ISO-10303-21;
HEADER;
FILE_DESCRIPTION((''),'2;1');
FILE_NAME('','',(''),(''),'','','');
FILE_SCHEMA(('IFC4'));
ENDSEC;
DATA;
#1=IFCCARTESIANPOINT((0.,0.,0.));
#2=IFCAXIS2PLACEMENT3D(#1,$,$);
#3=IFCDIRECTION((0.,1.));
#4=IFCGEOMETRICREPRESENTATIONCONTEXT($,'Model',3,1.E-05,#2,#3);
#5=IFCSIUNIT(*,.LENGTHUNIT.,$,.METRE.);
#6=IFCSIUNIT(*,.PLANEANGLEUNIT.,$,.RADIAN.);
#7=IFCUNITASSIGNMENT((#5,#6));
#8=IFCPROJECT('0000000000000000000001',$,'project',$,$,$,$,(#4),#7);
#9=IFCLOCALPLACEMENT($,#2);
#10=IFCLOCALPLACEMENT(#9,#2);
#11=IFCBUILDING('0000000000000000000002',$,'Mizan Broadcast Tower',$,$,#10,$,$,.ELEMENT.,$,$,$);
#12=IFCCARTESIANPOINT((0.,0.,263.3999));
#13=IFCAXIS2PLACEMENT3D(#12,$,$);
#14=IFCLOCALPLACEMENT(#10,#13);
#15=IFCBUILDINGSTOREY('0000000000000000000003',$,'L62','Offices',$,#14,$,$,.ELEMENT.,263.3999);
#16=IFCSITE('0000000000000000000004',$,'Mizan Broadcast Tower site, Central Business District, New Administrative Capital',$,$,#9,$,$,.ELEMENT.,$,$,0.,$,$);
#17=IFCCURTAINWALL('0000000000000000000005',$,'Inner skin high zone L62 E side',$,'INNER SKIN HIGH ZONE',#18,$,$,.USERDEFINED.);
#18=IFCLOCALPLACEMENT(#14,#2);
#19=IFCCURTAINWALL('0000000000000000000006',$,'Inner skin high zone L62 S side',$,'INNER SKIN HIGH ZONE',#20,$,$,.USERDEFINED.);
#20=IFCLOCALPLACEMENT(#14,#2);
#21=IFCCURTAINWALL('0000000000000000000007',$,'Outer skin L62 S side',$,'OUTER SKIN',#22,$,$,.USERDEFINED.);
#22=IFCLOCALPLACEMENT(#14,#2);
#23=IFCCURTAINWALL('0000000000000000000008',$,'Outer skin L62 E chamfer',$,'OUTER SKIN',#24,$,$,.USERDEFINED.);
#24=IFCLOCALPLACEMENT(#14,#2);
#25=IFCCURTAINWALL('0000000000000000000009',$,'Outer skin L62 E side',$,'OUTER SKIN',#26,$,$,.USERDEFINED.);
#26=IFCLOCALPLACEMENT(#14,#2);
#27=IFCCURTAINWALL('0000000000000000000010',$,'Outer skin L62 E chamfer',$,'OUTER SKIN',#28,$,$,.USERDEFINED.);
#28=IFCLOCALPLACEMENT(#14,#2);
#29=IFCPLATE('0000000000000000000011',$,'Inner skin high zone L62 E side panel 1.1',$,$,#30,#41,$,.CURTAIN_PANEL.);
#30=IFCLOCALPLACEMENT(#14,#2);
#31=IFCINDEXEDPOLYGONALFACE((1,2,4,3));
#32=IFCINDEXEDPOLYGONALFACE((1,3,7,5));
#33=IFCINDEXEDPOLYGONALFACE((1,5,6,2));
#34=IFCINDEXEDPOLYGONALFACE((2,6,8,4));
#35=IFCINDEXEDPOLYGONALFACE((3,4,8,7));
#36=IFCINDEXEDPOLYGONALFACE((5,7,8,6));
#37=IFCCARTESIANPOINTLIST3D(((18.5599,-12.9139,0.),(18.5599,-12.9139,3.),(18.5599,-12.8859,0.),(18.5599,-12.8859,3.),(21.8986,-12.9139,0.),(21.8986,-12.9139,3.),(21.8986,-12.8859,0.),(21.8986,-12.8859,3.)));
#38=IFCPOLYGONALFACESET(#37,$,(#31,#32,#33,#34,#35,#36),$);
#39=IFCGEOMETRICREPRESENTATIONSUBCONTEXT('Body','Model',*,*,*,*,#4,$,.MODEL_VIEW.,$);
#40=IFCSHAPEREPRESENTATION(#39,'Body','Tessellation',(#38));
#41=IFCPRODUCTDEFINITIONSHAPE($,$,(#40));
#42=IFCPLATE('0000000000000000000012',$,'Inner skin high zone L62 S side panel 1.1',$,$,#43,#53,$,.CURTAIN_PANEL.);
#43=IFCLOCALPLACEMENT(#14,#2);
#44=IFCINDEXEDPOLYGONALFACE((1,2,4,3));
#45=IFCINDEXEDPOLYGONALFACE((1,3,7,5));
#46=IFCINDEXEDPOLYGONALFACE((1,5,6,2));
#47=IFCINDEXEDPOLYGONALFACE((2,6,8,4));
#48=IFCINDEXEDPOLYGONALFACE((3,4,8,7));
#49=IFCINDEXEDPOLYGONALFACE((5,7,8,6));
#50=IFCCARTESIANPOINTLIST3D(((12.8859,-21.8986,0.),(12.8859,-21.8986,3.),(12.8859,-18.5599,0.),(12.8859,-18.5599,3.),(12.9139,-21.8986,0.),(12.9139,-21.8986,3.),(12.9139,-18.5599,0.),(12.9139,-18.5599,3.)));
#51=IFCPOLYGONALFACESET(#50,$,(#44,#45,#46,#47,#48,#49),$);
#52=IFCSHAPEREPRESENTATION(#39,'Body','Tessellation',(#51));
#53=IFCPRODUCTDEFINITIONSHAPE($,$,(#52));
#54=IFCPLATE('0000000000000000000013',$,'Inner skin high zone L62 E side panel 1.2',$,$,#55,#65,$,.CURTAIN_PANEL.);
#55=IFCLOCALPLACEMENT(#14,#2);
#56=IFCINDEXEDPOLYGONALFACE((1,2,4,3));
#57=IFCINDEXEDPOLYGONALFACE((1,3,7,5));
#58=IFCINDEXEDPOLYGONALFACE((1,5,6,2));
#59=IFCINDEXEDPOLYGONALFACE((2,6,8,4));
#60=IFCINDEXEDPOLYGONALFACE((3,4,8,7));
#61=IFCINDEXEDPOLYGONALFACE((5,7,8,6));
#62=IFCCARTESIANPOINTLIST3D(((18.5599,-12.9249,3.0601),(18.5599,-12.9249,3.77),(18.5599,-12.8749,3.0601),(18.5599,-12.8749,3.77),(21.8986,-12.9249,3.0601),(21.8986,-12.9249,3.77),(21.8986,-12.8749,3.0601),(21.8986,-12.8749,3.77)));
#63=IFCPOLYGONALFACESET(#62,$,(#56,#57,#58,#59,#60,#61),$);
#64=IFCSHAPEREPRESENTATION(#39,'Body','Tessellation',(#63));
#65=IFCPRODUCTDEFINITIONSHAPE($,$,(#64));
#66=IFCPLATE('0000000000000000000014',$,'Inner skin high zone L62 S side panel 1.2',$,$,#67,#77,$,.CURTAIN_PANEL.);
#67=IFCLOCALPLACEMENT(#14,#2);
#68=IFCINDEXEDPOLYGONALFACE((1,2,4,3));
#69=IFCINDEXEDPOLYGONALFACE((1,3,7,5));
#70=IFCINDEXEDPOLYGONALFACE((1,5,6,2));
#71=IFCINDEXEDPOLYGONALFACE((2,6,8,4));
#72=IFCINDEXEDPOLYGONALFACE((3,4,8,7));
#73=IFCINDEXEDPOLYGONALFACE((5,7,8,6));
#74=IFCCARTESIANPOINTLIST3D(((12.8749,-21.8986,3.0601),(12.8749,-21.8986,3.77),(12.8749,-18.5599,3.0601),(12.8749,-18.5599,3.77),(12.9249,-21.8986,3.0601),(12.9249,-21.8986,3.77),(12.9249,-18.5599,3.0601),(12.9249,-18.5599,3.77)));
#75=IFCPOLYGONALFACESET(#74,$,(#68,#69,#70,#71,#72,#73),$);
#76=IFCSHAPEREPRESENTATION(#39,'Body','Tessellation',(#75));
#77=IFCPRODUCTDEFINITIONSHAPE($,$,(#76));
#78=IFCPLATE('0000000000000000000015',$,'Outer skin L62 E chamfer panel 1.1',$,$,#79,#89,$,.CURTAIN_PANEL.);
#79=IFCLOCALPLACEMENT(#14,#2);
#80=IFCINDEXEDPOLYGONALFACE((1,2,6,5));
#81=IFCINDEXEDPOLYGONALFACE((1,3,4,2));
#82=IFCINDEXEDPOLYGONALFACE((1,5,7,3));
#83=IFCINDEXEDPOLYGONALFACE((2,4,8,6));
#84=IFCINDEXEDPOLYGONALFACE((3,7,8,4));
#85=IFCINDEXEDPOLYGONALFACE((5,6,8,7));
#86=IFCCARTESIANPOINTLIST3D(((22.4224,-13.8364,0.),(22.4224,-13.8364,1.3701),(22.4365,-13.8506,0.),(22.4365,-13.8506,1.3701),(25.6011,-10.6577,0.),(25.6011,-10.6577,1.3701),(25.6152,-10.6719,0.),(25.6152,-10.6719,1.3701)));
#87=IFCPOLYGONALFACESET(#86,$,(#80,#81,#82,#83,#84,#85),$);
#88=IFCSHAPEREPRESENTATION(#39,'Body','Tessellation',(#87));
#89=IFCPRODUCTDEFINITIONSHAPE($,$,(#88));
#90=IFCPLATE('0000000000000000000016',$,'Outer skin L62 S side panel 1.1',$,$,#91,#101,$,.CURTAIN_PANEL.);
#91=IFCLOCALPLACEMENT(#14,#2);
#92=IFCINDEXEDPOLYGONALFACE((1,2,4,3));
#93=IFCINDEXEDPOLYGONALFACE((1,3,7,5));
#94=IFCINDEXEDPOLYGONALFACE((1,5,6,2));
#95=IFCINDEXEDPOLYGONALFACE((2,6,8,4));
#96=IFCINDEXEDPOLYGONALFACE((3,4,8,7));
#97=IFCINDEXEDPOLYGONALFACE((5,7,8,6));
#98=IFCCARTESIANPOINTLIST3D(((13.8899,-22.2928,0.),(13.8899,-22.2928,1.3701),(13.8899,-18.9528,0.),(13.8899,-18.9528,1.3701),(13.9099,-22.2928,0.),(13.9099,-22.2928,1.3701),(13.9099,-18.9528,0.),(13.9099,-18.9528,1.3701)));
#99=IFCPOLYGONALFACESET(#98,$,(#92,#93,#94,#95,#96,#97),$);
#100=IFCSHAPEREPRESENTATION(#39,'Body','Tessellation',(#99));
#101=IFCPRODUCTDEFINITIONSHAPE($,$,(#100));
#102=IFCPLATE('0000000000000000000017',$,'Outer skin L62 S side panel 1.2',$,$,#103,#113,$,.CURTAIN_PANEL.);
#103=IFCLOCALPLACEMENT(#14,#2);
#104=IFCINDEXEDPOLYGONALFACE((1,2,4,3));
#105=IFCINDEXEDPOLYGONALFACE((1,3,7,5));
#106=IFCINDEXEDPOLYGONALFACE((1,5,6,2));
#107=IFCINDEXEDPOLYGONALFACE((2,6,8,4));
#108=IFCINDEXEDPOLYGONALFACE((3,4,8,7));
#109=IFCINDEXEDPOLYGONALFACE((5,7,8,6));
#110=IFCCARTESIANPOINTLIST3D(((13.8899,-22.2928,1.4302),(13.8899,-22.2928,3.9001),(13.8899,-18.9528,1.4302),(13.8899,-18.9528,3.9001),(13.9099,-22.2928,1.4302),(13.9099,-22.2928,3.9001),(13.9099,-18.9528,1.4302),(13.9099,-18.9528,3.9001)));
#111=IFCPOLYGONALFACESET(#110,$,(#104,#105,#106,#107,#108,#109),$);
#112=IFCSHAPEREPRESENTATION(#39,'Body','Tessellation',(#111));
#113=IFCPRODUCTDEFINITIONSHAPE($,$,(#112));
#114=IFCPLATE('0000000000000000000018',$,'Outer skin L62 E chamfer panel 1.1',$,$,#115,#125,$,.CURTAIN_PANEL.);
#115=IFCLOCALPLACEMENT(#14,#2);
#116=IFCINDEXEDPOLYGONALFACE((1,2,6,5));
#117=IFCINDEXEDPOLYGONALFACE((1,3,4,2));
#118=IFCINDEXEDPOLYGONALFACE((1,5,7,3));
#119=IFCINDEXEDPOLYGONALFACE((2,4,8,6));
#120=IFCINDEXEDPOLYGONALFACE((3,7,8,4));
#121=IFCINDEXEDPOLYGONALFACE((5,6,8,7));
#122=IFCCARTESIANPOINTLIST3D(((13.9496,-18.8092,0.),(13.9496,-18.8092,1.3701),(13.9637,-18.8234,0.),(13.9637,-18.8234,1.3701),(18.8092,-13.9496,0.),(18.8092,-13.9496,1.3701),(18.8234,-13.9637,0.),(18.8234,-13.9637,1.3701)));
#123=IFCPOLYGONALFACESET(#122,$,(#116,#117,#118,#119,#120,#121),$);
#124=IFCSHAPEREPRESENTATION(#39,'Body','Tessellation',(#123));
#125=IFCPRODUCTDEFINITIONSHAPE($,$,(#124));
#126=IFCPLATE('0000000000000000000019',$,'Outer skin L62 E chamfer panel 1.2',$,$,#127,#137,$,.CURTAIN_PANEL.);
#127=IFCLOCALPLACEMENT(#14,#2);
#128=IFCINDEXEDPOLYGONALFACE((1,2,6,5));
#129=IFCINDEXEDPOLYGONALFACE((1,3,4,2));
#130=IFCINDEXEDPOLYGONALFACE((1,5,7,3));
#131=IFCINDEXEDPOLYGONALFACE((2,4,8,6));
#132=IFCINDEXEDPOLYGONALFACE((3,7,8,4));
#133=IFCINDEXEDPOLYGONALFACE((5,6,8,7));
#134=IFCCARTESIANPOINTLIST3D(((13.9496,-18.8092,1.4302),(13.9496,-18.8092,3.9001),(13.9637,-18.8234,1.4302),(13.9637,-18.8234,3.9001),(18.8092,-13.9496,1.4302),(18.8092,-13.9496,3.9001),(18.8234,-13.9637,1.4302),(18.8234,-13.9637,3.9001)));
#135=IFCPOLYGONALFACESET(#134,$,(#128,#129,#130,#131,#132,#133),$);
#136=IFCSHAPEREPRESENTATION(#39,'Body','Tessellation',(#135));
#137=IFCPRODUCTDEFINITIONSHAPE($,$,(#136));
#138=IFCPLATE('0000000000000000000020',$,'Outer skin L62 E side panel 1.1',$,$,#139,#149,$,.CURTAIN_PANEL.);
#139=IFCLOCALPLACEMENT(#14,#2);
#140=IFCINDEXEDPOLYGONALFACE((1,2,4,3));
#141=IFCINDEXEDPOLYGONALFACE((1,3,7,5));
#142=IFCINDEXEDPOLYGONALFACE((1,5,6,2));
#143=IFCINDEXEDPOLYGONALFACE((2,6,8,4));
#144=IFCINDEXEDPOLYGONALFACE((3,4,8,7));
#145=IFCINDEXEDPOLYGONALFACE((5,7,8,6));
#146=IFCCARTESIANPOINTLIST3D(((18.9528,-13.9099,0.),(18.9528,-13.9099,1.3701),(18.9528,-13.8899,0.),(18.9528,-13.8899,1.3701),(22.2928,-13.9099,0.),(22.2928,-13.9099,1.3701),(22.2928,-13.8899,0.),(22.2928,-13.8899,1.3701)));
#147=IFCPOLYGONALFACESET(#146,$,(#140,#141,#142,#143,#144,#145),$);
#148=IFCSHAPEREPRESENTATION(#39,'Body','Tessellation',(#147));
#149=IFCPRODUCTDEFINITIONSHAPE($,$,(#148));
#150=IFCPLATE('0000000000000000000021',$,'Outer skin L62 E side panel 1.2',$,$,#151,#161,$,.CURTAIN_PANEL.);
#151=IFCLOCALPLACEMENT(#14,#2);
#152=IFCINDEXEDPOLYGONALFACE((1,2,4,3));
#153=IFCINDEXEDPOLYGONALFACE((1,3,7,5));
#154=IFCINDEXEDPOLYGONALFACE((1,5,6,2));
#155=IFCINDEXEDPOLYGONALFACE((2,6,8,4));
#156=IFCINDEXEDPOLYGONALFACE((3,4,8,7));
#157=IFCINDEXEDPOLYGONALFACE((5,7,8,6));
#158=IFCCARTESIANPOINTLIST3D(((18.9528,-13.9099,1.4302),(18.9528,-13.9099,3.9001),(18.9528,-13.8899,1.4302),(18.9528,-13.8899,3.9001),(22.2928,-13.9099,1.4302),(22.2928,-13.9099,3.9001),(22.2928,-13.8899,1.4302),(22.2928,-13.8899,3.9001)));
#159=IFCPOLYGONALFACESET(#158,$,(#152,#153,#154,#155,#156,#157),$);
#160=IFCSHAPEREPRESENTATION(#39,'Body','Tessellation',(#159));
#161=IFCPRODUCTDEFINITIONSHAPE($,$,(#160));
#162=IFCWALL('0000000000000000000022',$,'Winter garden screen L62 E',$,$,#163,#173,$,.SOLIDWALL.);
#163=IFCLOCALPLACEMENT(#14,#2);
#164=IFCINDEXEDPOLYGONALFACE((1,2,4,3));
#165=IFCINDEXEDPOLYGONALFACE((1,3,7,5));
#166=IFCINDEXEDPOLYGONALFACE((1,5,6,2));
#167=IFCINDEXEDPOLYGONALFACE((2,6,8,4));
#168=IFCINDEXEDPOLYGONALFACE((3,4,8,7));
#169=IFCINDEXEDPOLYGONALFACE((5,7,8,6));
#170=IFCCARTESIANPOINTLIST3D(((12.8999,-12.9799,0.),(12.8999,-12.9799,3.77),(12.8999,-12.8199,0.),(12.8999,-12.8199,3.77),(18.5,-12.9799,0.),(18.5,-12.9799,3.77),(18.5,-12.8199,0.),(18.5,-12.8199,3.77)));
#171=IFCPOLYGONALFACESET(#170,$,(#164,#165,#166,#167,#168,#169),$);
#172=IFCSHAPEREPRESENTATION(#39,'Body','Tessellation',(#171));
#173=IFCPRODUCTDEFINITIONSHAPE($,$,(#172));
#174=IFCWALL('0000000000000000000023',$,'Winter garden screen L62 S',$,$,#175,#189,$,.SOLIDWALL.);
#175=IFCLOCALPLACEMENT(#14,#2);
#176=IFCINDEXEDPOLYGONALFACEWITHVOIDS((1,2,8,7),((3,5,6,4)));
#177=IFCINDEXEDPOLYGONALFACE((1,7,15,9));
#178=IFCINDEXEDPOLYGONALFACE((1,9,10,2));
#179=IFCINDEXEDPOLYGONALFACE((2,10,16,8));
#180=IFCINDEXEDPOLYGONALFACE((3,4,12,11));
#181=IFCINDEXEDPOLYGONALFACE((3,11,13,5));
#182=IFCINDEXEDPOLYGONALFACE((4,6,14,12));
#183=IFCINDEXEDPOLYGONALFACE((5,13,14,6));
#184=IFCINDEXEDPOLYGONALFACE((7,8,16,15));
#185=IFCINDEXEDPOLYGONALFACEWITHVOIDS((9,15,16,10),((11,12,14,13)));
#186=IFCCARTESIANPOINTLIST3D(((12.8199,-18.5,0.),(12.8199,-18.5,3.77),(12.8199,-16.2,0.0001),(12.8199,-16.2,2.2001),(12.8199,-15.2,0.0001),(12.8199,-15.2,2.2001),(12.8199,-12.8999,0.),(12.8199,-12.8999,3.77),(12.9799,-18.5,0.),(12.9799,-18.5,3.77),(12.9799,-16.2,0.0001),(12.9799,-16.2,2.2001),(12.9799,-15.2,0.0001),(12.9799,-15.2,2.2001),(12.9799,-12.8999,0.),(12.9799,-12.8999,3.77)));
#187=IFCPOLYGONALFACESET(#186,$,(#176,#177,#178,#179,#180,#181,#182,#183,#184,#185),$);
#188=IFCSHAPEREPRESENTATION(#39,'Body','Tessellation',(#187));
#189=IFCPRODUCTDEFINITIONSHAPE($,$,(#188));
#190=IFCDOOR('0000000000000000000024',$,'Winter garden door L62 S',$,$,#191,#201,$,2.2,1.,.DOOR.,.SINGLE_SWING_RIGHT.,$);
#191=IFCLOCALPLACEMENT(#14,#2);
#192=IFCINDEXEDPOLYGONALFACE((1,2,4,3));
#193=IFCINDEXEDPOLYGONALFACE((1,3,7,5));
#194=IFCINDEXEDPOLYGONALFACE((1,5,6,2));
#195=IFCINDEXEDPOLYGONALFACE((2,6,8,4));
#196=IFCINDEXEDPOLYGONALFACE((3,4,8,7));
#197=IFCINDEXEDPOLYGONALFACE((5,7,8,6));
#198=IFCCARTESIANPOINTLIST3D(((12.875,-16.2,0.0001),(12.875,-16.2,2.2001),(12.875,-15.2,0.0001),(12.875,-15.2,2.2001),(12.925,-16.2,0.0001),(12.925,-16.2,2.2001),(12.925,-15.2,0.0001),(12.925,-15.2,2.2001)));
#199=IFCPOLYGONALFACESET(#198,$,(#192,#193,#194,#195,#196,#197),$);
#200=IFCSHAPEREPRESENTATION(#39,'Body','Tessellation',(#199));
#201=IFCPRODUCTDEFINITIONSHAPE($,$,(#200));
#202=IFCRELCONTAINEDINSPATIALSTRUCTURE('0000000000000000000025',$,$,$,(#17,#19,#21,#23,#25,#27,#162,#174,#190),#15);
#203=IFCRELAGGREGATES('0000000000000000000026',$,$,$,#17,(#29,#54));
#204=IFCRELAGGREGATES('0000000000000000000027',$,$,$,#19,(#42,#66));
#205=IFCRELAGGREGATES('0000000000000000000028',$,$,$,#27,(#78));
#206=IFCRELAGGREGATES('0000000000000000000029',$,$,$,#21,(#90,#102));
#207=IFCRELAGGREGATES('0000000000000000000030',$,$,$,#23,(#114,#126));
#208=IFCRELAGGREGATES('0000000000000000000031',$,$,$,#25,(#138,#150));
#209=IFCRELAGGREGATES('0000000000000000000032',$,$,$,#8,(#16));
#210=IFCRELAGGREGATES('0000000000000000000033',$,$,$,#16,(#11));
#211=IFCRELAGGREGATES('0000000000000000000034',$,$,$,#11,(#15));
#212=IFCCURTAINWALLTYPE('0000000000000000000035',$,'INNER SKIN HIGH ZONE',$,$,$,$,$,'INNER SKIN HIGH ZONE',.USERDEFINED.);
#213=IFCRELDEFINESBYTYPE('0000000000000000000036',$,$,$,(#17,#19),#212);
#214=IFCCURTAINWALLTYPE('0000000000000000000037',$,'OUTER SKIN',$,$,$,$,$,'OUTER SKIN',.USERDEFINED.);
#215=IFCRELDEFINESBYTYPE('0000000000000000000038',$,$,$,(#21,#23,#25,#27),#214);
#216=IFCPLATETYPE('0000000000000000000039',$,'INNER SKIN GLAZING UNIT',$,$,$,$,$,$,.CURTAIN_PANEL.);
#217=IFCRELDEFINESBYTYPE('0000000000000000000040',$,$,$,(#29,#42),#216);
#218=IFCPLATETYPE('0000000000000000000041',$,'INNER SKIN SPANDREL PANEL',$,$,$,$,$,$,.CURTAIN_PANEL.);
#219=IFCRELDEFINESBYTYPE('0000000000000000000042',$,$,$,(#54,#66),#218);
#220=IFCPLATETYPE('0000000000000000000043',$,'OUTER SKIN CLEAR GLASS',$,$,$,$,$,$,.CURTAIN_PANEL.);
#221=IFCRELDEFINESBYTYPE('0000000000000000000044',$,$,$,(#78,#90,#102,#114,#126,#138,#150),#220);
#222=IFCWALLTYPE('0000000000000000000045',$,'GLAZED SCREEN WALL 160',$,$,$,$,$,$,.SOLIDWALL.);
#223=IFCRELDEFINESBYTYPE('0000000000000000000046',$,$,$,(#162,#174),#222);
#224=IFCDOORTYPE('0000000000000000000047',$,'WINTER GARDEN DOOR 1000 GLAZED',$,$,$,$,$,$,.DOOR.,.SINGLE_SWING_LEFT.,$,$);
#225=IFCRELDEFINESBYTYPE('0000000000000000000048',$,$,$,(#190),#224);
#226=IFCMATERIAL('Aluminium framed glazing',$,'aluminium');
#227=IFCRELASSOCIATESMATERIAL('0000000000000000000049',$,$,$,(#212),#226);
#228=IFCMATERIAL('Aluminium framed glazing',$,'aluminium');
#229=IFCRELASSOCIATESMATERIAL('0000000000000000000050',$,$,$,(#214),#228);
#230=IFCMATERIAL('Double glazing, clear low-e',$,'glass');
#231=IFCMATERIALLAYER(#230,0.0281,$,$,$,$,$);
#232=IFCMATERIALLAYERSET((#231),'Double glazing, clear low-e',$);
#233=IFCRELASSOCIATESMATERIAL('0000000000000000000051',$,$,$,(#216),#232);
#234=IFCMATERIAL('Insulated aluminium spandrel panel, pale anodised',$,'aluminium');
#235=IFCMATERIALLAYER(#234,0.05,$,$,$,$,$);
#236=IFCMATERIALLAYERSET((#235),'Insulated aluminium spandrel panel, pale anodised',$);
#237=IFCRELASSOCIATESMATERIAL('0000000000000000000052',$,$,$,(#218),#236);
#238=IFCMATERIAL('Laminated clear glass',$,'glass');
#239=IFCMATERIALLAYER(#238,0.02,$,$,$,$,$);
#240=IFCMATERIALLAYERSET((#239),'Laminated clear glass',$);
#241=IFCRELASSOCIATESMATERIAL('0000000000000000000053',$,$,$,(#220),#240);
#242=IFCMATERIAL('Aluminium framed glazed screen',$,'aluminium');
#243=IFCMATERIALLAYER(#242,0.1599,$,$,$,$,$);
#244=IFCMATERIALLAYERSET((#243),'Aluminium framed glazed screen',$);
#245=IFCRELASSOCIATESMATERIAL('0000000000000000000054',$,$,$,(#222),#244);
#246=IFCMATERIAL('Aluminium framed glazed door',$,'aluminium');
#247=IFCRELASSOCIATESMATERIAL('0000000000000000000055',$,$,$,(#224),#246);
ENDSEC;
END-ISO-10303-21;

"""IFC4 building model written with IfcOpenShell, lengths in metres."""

from ifc_helpers import new_model, si_unit, direction, frame, frame_2d, origin, origin_2d, place, context, subcontext, project, spatial, rectangle, extrude, material, layer, layer_set, type_object, element, fill, aggregate, save


model = new_model("IFC4")

# Units and contexts
model_context = context("Model", 3, precision=1e-05, world=origin(), true_north=direction((0.0, 1.0)))
body_context = subcontext(model_context, "Body", "Model", "MODEL_VIEW")
ifc_project = project(units=[si_unit("LENGTHUNIT", "METRE"), si_unit("PLANEANGLEUNIT", "RADIAN")], contexts=[model_context])

# Site, building, storey
site_placement = place(None, origin())
site = spatial("IfcSite", under=ifc_project, at=site_placement, Name="Mizan Broadcast Tower site, Central Business District, New Administrative Capital", CompositionType="ELEMENT", RefElevation=0.0)
building_placement = place(site_placement, origin())
building = spatial("IfcBuilding", under=site, at=building_placement, Name="Mizan Broadcast Tower", CompositionType="ELEMENT")
storey_placement = place(building_placement, frame((0.0, 0.0, 263.3999)))
storey = spatial("IfcBuildingStorey", under=building, at=storey_placement, Name="L62", Description="Offices", CompositionType="ELEMENT", Elevation=263.3999)

# Curtain walls
ifc_material_1 = material(Name="Aluminium framed glazing", Category="aluminium")
curtain_wall_type_1 = type_object("IfcCurtainWallType", Name="INNER SKIN HIGH ZONE", ElementType="INNER SKIN HIGH ZONE", PredefinedType="USERDEFINED", material=ifc_material_1)
curtain_wall_1_placement = place(storey_placement, origin())
curtain_wall_1 = element("IfcCurtainWall", 1, at=curtain_wall_1_placement, inside=storey, type_object=curtain_wall_type_1, Name="Inner skin high zone L62 E side", ObjectType="INNER SKIN HIGH ZONE", PredefinedType="USERDEFINED")
curtain_wall_2_placement = place(storey_placement, origin())
curtain_wall_2 = element("IfcCurtainWall", 2, at=curtain_wall_2_placement, inside=storey, type_object=curtain_wall_type_1, Name="Inner skin high zone L62 S side", ObjectType="INNER SKIN HIGH ZONE", PredefinedType="USERDEFINED")

# Curtain walls
ifc_material_2 = material(Name="Aluminium framed glazing", Category="aluminium")
curtain_wall_type_2 = type_object("IfcCurtainWallType", Name="OUTER SKIN", ElementType="OUTER SKIN", PredefinedType="USERDEFINED", material=ifc_material_2)
curtain_wall_3_placement = place(storey_placement, origin())
curtain_wall_3 = element("IfcCurtainWall", 3, at=curtain_wall_3_placement, inside=storey, type_object=curtain_wall_type_2, Name="Outer skin L62 S side", ObjectType="OUTER SKIN", PredefinedType="USERDEFINED")
curtain_wall_4_placement = place(storey_placement, origin())
curtain_wall_4 = element("IfcCurtainWall", 4, at=curtain_wall_4_placement, inside=storey, type_object=curtain_wall_type_2, Name="Outer skin L62 E chamfer", ObjectType="OUTER SKIN", PredefinedType="USERDEFINED")
curtain_wall_5_placement = place(storey_placement, origin())
curtain_wall_5 = element("IfcCurtainWall", 5, at=curtain_wall_5_placement, inside=storey, type_object=curtain_wall_type_2, Name="Outer skin L62 E side", ObjectType="OUTER SKIN", PredefinedType="USERDEFINED")
curtain_wall_6_placement = place(storey_placement, origin())
curtain_wall_6 = element("IfcCurtainWall", 6, at=curtain_wall_6_placement, inside=storey, type_object=curtain_wall_type_2, Name="Outer skin L62 E chamfer", ObjectType="OUTER SKIN", PredefinedType="USERDEFINED")

# Plates
ifc_material_3 = material(Name="Double glazing, clear low-e", Category="glass")
ifc_layer_1 = layer(ifc_material_3, 0.0281)
ifc_layer_set_1 = layer_set([ifc_layer_1], Name="Double glazing, clear low-e")
plate_type_1 = type_object("IfcPlateType", Name="INNER SKIN GLAZING UNIT", PredefinedType="CURTAIN_PANEL", material=ifc_layer_set_1)
plate_1_placement = place(storey_placement, frame((20.2292, -12.8999, 0.0), z_axis=(0.0, 0.0, 1.0), x_axis=(1.0, 0.0, 0.0)))
plate_1 = element("IfcPlate", 7, at=plate_1_placement, type_object=plate_type_1, Name="Inner skin high zone L62 E side panel 1.1", PredefinedType="CURTAIN_PANEL", context=body_context, shape_type="SweptSolid", body=[
    extrude(rectangle(XDim=3.3386, YDim=0.0281, at=origin_2d()), origin(), (0.0, 0.0, 1.0), 3.0),
])
plate_2_placement = place(storey_placement, frame((12.8999, -20.2292, 0.0), z_axis=(0.0, 0.0, 1.0), x_axis=(0.0, 1.0, 0.0)))
plate_2 = element("IfcPlate", 8, at=plate_2_placement, type_object=plate_type_1, Name="Inner skin high zone L62 S side panel 1.1", PredefinedType="CURTAIN_PANEL", context=body_context, shape_type="SweptSolid", body=[
    extrude(rectangle(XDim=3.3386, YDim=0.0281, at=origin_2d()), origin(), (0.0, 0.0, 1.0), 3.0),
])
ifc_material_4 = material(Name="Insulated aluminium spandrel panel, pale anodised", Category="aluminium")
ifc_layer_2 = layer(ifc_material_4, 0.05)
ifc_layer_set_2 = layer_set([ifc_layer_2], Name="Insulated aluminium spandrel panel, pale anodised")
plate_type_2 = type_object("IfcPlateType", Name="INNER SKIN SPANDREL PANEL", PredefinedType="CURTAIN_PANEL", material=ifc_layer_set_2)
plate_3_placement = place(storey_placement, frame((20.2292, -12.8999, 3.0601), z_axis=(0.0, 0.0, 1.0), x_axis=(1.0, 0.0, 0.0)))
plate_3 = element("IfcPlate", 9, at=plate_3_placement, type_object=plate_type_2, Name="Inner skin high zone L62 E side panel 1.2", PredefinedType="CURTAIN_PANEL", context=body_context, shape_type="SweptSolid", body=[
    extrude(rectangle(XDim=3.3386, YDim=0.05, at=origin_2d()), origin(), (0.0, 0.0, 1.0), 0.71),
])
aggregate(curtain_wall_1, [plate_1, plate_3])
plate_4_placement = place(storey_placement, frame((12.8999, -20.2292, 3.0601), z_axis=(0.0, 0.0, 1.0), x_axis=(0.0, 1.0, 0.0)))
plate_4 = element("IfcPlate", 10, at=plate_4_placement, type_object=plate_type_2, Name="Inner skin high zone L62 S side panel 1.2", PredefinedType="CURTAIN_PANEL", context=body_context, shape_type="SweptSolid", body=[
    extrude(rectangle(XDim=3.3386, YDim=0.05, at=origin_2d()), origin(), (0.0, 0.0, 1.0), 0.71),
])
aggregate(curtain_wall_2, [plate_2, plate_4])
ifc_material_5 = material(Name="Laminated clear glass", Category="glass")
ifc_layer_3 = layer(ifc_material_5, 0.02)
ifc_layer_set_3 = layer_set([ifc_layer_3], Name="Laminated clear glass")
plate_type_3 = type_object("IfcPlateType", Name="OUTER SKIN CLEAR GLASS", PredefinedType="CURTAIN_PANEL", material=ifc_layer_set_3)
plate_5_placement = place(storey_placement, frame((24.0188, -12.2542, 0.0), z_axis=(0.0, 0.0, 1.0), x_axis=(0.707107, 0.707107, 0.0)))
plate_5 = element("IfcPlate", 11, at=plate_5_placement, type_object=plate_type_3, Name="Outer skin L62 E chamfer panel 1.1", PredefinedType="CURTAIN_PANEL", context=body_context, shape_type="SweptSolid", body=[
    extrude(rectangle(XDim=4.4954, YDim=0.02, at=origin_2d()), origin(), (0.0, 0.0, 1.0), 1.3701),
])
aggregate(curtain_wall_6, [plate_5])
plate_6_placement = place(storey_placement, frame((13.8999, -20.6228, 0.0), z_axis=(0.0, 0.0, 1.0), x_axis=(0.0, 1.0, 0.0)))
plate_6 = element("IfcPlate", 12, at=plate_6_placement, type_object=plate_type_3, Name="Outer skin L62 S side panel 1.1", PredefinedType="CURTAIN_PANEL", context=body_context, shape_type="SweptSolid", body=[
    extrude(rectangle(XDim=3.3401, YDim=0.02, at=origin_2d()), origin(), (0.0, 0.0, 1.0), 1.3701),
])
plate_7_placement = place(storey_placement, frame((13.8999, -20.6228, 1.4302), z_axis=(0.0, 0.0, 1.0), x_axis=(0.0, 1.0, 0.0)))
plate_7 = element("IfcPlate", 13, at=plate_7_placement, type_object=plate_type_3, Name="Outer skin L62 S side panel 1.2", PredefinedType="CURTAIN_PANEL", context=body_context, shape_type="SweptSolid", body=[
    extrude(rectangle(XDim=3.3401, YDim=0.02, at=origin_2d()), origin(), (0.0, 0.0, 1.0), 2.47),
])
aggregate(curtain_wall_3, [plate_6, plate_7])
plate_8_placement = place(storey_placement, frame((16.3865, -16.3865, 0.0), z_axis=(0.0, 0.0, 1.0), x_axis=(0.707107, 0.707107, 0.0)))
plate_8 = element("IfcPlate", 14, at=plate_8_placement, type_object=plate_type_3, Name="Outer skin L62 E chamfer panel 1.1", PredefinedType="CURTAIN_PANEL", context=body_context, shape_type="SweptSolid", body=[
    extrude(rectangle(XDim=6.8726, YDim=0.02, at=origin_2d()), origin(), (0.0, 0.0, 1.0), 1.3701),
])
plate_9_placement = place(storey_placement, frame((16.3865, -16.3865, 1.4302), z_axis=(0.0, 0.0, 1.0), x_axis=(0.707107, 0.707107, 0.0)))
plate_9 = element("IfcPlate", 15, at=plate_9_placement, type_object=plate_type_3, Name="Outer skin L62 E chamfer panel 1.2", PredefinedType="CURTAIN_PANEL", context=body_context, shape_type="SweptSolid", body=[
    extrude(rectangle(XDim=6.8726, YDim=0.02, at=origin_2d()), origin(), (0.0, 0.0, 1.0), 2.47),
])
aggregate(curtain_wall_4, [plate_8, plate_9])
plate_10_placement = place(storey_placement, frame((20.6228, -13.8999, 0.0), z_axis=(0.0, 0.0, 1.0), x_axis=(1.0, 0.0, 0.0)))
plate_10 = element("IfcPlate", 16, at=plate_10_placement, type_object=plate_type_3, Name="Outer skin L62 E side panel 1.1", PredefinedType="CURTAIN_PANEL", context=body_context, shape_type="SweptSolid", body=[
    extrude(rectangle(XDim=3.3401, YDim=0.02, at=origin_2d()), origin(), (0.0, 0.0, 1.0), 1.3701),
])
plate_11_placement = place(storey_placement, frame((20.6228, -13.8999, 1.4302), z_axis=(0.0, 0.0, 1.0), x_axis=(1.0, 0.0, 0.0)))
plate_11 = element("IfcPlate", 17, at=plate_11_placement, type_object=plate_type_3, Name="Outer skin L62 E side panel 1.2", PredefinedType="CURTAIN_PANEL", context=body_context, shape_type="SweptSolid", body=[
    extrude(rectangle(XDim=3.3401, YDim=0.02, at=origin_2d()), origin(), (0.0, 0.0, 1.0), 2.47),
])
aggregate(curtain_wall_5, [plate_10, plate_11])

# Wall
ifc_material_6 = material(Name="Aluminium framed glazed screen", Category="aluminium")
ifc_layer_4 = layer(ifc_material_6, 0.1599)
ifc_layer_set_4 = layer_set([ifc_layer_4], Name="Aluminium framed glazed screen")
wall_type = type_object("IfcWallType", Name="GLAZED SCREEN WALL 160", PredefinedType="SOLIDWALL", material=ifc_layer_set_4)
wall_1_placement = place(storey_placement, frame((12.8999, -12.8999, 0.0), z_axis=(0.0, 0.0, 1.0), x_axis=(1.0, 0.0, 0.0)))
element("IfcWall", 18, at=wall_1_placement, inside=storey, type_object=wall_type, Name="Winter garden screen L62 E", PredefinedType="SOLIDWALL", context=body_context, shape_type="SweptSolid", body=[
    extrude(rectangle(XDim=5.6001, YDim=0.1599, at=frame_2d((2.8, 0.0))), origin(), (0.0, 0.0, 1.0), 3.77),
])

# Wall, opening, door
wall_2_placement = place(storey_placement, frame((12.8999, -18.5, 0.0), z_axis=(0.0, 0.0, 1.0), x_axis=(0.0, 1.0, 0.0)))
wall_2 = element("IfcWall", 19, at=wall_2_placement, inside=storey, type_object=wall_type, Name="Winter garden screen L62 S", PredefinedType="SOLIDWALL", context=body_context, shape_type="SweptSolid", body=[
    extrude(rectangle(XDim=5.6001, YDim=0.1599, at=frame_2d((2.8, 0.0))), origin(), (0.0, 0.0, 1.0), 3.77),
])
opening_placement = place(wall_2_placement, frame((2.3, 0.0, 0.0)))
opening = element("IfcOpeningElement", 20, at=opening_placement, cuts=wall_2, PredefinedType="OPENING", context=body_context, shape_type="SweptSolid", body=[
    extrude(rectangle(XDim=1.0, YDim=2.2, at=frame_2d((0.5, 1.1001))), frame((0.0, 0.0898, 0.0), z_axis=(0.0, -1.0, 0.0), x_axis=(1.0, 0.0, 0.0)), (0.0, 0.0, 1.0), 0.1799),
])
ifc_material_7 = material(Name="Aluminium framed glazed door", Category="aluminium")
door_type = type_object("IfcDoorType", Name="WINTER GARDEN DOOR 1000 GLAZED", OperationType="SINGLE_SWING_LEFT", PredefinedType="DOOR", material=ifc_material_7)
door_placement = place(opening_placement, origin())
door = element("IfcDoor", 21, at=door_placement, inside=storey, type_object=door_type, Name="Winter garden door L62 S", OperationType="SINGLE_SWING_RIGHT", OverallHeight=2.2, OverallWidth=1.0, PredefinedType="DOOR", context=body_context, shape_type="SweptSolid", body=[
    extrude(rectangle(XDim=1.0, YDim=2.2, at=frame_2d((0.5, 1.1001))), frame((0.0, 0.0249, 0.0), z_axis=(0.0, -1.0, 0.0), x_axis=(1.0, 0.0, 0.0)), (0.0, 0.0, 1.0), 0.05),
])
fill(opening, door)

save(model, "model.ifc")
